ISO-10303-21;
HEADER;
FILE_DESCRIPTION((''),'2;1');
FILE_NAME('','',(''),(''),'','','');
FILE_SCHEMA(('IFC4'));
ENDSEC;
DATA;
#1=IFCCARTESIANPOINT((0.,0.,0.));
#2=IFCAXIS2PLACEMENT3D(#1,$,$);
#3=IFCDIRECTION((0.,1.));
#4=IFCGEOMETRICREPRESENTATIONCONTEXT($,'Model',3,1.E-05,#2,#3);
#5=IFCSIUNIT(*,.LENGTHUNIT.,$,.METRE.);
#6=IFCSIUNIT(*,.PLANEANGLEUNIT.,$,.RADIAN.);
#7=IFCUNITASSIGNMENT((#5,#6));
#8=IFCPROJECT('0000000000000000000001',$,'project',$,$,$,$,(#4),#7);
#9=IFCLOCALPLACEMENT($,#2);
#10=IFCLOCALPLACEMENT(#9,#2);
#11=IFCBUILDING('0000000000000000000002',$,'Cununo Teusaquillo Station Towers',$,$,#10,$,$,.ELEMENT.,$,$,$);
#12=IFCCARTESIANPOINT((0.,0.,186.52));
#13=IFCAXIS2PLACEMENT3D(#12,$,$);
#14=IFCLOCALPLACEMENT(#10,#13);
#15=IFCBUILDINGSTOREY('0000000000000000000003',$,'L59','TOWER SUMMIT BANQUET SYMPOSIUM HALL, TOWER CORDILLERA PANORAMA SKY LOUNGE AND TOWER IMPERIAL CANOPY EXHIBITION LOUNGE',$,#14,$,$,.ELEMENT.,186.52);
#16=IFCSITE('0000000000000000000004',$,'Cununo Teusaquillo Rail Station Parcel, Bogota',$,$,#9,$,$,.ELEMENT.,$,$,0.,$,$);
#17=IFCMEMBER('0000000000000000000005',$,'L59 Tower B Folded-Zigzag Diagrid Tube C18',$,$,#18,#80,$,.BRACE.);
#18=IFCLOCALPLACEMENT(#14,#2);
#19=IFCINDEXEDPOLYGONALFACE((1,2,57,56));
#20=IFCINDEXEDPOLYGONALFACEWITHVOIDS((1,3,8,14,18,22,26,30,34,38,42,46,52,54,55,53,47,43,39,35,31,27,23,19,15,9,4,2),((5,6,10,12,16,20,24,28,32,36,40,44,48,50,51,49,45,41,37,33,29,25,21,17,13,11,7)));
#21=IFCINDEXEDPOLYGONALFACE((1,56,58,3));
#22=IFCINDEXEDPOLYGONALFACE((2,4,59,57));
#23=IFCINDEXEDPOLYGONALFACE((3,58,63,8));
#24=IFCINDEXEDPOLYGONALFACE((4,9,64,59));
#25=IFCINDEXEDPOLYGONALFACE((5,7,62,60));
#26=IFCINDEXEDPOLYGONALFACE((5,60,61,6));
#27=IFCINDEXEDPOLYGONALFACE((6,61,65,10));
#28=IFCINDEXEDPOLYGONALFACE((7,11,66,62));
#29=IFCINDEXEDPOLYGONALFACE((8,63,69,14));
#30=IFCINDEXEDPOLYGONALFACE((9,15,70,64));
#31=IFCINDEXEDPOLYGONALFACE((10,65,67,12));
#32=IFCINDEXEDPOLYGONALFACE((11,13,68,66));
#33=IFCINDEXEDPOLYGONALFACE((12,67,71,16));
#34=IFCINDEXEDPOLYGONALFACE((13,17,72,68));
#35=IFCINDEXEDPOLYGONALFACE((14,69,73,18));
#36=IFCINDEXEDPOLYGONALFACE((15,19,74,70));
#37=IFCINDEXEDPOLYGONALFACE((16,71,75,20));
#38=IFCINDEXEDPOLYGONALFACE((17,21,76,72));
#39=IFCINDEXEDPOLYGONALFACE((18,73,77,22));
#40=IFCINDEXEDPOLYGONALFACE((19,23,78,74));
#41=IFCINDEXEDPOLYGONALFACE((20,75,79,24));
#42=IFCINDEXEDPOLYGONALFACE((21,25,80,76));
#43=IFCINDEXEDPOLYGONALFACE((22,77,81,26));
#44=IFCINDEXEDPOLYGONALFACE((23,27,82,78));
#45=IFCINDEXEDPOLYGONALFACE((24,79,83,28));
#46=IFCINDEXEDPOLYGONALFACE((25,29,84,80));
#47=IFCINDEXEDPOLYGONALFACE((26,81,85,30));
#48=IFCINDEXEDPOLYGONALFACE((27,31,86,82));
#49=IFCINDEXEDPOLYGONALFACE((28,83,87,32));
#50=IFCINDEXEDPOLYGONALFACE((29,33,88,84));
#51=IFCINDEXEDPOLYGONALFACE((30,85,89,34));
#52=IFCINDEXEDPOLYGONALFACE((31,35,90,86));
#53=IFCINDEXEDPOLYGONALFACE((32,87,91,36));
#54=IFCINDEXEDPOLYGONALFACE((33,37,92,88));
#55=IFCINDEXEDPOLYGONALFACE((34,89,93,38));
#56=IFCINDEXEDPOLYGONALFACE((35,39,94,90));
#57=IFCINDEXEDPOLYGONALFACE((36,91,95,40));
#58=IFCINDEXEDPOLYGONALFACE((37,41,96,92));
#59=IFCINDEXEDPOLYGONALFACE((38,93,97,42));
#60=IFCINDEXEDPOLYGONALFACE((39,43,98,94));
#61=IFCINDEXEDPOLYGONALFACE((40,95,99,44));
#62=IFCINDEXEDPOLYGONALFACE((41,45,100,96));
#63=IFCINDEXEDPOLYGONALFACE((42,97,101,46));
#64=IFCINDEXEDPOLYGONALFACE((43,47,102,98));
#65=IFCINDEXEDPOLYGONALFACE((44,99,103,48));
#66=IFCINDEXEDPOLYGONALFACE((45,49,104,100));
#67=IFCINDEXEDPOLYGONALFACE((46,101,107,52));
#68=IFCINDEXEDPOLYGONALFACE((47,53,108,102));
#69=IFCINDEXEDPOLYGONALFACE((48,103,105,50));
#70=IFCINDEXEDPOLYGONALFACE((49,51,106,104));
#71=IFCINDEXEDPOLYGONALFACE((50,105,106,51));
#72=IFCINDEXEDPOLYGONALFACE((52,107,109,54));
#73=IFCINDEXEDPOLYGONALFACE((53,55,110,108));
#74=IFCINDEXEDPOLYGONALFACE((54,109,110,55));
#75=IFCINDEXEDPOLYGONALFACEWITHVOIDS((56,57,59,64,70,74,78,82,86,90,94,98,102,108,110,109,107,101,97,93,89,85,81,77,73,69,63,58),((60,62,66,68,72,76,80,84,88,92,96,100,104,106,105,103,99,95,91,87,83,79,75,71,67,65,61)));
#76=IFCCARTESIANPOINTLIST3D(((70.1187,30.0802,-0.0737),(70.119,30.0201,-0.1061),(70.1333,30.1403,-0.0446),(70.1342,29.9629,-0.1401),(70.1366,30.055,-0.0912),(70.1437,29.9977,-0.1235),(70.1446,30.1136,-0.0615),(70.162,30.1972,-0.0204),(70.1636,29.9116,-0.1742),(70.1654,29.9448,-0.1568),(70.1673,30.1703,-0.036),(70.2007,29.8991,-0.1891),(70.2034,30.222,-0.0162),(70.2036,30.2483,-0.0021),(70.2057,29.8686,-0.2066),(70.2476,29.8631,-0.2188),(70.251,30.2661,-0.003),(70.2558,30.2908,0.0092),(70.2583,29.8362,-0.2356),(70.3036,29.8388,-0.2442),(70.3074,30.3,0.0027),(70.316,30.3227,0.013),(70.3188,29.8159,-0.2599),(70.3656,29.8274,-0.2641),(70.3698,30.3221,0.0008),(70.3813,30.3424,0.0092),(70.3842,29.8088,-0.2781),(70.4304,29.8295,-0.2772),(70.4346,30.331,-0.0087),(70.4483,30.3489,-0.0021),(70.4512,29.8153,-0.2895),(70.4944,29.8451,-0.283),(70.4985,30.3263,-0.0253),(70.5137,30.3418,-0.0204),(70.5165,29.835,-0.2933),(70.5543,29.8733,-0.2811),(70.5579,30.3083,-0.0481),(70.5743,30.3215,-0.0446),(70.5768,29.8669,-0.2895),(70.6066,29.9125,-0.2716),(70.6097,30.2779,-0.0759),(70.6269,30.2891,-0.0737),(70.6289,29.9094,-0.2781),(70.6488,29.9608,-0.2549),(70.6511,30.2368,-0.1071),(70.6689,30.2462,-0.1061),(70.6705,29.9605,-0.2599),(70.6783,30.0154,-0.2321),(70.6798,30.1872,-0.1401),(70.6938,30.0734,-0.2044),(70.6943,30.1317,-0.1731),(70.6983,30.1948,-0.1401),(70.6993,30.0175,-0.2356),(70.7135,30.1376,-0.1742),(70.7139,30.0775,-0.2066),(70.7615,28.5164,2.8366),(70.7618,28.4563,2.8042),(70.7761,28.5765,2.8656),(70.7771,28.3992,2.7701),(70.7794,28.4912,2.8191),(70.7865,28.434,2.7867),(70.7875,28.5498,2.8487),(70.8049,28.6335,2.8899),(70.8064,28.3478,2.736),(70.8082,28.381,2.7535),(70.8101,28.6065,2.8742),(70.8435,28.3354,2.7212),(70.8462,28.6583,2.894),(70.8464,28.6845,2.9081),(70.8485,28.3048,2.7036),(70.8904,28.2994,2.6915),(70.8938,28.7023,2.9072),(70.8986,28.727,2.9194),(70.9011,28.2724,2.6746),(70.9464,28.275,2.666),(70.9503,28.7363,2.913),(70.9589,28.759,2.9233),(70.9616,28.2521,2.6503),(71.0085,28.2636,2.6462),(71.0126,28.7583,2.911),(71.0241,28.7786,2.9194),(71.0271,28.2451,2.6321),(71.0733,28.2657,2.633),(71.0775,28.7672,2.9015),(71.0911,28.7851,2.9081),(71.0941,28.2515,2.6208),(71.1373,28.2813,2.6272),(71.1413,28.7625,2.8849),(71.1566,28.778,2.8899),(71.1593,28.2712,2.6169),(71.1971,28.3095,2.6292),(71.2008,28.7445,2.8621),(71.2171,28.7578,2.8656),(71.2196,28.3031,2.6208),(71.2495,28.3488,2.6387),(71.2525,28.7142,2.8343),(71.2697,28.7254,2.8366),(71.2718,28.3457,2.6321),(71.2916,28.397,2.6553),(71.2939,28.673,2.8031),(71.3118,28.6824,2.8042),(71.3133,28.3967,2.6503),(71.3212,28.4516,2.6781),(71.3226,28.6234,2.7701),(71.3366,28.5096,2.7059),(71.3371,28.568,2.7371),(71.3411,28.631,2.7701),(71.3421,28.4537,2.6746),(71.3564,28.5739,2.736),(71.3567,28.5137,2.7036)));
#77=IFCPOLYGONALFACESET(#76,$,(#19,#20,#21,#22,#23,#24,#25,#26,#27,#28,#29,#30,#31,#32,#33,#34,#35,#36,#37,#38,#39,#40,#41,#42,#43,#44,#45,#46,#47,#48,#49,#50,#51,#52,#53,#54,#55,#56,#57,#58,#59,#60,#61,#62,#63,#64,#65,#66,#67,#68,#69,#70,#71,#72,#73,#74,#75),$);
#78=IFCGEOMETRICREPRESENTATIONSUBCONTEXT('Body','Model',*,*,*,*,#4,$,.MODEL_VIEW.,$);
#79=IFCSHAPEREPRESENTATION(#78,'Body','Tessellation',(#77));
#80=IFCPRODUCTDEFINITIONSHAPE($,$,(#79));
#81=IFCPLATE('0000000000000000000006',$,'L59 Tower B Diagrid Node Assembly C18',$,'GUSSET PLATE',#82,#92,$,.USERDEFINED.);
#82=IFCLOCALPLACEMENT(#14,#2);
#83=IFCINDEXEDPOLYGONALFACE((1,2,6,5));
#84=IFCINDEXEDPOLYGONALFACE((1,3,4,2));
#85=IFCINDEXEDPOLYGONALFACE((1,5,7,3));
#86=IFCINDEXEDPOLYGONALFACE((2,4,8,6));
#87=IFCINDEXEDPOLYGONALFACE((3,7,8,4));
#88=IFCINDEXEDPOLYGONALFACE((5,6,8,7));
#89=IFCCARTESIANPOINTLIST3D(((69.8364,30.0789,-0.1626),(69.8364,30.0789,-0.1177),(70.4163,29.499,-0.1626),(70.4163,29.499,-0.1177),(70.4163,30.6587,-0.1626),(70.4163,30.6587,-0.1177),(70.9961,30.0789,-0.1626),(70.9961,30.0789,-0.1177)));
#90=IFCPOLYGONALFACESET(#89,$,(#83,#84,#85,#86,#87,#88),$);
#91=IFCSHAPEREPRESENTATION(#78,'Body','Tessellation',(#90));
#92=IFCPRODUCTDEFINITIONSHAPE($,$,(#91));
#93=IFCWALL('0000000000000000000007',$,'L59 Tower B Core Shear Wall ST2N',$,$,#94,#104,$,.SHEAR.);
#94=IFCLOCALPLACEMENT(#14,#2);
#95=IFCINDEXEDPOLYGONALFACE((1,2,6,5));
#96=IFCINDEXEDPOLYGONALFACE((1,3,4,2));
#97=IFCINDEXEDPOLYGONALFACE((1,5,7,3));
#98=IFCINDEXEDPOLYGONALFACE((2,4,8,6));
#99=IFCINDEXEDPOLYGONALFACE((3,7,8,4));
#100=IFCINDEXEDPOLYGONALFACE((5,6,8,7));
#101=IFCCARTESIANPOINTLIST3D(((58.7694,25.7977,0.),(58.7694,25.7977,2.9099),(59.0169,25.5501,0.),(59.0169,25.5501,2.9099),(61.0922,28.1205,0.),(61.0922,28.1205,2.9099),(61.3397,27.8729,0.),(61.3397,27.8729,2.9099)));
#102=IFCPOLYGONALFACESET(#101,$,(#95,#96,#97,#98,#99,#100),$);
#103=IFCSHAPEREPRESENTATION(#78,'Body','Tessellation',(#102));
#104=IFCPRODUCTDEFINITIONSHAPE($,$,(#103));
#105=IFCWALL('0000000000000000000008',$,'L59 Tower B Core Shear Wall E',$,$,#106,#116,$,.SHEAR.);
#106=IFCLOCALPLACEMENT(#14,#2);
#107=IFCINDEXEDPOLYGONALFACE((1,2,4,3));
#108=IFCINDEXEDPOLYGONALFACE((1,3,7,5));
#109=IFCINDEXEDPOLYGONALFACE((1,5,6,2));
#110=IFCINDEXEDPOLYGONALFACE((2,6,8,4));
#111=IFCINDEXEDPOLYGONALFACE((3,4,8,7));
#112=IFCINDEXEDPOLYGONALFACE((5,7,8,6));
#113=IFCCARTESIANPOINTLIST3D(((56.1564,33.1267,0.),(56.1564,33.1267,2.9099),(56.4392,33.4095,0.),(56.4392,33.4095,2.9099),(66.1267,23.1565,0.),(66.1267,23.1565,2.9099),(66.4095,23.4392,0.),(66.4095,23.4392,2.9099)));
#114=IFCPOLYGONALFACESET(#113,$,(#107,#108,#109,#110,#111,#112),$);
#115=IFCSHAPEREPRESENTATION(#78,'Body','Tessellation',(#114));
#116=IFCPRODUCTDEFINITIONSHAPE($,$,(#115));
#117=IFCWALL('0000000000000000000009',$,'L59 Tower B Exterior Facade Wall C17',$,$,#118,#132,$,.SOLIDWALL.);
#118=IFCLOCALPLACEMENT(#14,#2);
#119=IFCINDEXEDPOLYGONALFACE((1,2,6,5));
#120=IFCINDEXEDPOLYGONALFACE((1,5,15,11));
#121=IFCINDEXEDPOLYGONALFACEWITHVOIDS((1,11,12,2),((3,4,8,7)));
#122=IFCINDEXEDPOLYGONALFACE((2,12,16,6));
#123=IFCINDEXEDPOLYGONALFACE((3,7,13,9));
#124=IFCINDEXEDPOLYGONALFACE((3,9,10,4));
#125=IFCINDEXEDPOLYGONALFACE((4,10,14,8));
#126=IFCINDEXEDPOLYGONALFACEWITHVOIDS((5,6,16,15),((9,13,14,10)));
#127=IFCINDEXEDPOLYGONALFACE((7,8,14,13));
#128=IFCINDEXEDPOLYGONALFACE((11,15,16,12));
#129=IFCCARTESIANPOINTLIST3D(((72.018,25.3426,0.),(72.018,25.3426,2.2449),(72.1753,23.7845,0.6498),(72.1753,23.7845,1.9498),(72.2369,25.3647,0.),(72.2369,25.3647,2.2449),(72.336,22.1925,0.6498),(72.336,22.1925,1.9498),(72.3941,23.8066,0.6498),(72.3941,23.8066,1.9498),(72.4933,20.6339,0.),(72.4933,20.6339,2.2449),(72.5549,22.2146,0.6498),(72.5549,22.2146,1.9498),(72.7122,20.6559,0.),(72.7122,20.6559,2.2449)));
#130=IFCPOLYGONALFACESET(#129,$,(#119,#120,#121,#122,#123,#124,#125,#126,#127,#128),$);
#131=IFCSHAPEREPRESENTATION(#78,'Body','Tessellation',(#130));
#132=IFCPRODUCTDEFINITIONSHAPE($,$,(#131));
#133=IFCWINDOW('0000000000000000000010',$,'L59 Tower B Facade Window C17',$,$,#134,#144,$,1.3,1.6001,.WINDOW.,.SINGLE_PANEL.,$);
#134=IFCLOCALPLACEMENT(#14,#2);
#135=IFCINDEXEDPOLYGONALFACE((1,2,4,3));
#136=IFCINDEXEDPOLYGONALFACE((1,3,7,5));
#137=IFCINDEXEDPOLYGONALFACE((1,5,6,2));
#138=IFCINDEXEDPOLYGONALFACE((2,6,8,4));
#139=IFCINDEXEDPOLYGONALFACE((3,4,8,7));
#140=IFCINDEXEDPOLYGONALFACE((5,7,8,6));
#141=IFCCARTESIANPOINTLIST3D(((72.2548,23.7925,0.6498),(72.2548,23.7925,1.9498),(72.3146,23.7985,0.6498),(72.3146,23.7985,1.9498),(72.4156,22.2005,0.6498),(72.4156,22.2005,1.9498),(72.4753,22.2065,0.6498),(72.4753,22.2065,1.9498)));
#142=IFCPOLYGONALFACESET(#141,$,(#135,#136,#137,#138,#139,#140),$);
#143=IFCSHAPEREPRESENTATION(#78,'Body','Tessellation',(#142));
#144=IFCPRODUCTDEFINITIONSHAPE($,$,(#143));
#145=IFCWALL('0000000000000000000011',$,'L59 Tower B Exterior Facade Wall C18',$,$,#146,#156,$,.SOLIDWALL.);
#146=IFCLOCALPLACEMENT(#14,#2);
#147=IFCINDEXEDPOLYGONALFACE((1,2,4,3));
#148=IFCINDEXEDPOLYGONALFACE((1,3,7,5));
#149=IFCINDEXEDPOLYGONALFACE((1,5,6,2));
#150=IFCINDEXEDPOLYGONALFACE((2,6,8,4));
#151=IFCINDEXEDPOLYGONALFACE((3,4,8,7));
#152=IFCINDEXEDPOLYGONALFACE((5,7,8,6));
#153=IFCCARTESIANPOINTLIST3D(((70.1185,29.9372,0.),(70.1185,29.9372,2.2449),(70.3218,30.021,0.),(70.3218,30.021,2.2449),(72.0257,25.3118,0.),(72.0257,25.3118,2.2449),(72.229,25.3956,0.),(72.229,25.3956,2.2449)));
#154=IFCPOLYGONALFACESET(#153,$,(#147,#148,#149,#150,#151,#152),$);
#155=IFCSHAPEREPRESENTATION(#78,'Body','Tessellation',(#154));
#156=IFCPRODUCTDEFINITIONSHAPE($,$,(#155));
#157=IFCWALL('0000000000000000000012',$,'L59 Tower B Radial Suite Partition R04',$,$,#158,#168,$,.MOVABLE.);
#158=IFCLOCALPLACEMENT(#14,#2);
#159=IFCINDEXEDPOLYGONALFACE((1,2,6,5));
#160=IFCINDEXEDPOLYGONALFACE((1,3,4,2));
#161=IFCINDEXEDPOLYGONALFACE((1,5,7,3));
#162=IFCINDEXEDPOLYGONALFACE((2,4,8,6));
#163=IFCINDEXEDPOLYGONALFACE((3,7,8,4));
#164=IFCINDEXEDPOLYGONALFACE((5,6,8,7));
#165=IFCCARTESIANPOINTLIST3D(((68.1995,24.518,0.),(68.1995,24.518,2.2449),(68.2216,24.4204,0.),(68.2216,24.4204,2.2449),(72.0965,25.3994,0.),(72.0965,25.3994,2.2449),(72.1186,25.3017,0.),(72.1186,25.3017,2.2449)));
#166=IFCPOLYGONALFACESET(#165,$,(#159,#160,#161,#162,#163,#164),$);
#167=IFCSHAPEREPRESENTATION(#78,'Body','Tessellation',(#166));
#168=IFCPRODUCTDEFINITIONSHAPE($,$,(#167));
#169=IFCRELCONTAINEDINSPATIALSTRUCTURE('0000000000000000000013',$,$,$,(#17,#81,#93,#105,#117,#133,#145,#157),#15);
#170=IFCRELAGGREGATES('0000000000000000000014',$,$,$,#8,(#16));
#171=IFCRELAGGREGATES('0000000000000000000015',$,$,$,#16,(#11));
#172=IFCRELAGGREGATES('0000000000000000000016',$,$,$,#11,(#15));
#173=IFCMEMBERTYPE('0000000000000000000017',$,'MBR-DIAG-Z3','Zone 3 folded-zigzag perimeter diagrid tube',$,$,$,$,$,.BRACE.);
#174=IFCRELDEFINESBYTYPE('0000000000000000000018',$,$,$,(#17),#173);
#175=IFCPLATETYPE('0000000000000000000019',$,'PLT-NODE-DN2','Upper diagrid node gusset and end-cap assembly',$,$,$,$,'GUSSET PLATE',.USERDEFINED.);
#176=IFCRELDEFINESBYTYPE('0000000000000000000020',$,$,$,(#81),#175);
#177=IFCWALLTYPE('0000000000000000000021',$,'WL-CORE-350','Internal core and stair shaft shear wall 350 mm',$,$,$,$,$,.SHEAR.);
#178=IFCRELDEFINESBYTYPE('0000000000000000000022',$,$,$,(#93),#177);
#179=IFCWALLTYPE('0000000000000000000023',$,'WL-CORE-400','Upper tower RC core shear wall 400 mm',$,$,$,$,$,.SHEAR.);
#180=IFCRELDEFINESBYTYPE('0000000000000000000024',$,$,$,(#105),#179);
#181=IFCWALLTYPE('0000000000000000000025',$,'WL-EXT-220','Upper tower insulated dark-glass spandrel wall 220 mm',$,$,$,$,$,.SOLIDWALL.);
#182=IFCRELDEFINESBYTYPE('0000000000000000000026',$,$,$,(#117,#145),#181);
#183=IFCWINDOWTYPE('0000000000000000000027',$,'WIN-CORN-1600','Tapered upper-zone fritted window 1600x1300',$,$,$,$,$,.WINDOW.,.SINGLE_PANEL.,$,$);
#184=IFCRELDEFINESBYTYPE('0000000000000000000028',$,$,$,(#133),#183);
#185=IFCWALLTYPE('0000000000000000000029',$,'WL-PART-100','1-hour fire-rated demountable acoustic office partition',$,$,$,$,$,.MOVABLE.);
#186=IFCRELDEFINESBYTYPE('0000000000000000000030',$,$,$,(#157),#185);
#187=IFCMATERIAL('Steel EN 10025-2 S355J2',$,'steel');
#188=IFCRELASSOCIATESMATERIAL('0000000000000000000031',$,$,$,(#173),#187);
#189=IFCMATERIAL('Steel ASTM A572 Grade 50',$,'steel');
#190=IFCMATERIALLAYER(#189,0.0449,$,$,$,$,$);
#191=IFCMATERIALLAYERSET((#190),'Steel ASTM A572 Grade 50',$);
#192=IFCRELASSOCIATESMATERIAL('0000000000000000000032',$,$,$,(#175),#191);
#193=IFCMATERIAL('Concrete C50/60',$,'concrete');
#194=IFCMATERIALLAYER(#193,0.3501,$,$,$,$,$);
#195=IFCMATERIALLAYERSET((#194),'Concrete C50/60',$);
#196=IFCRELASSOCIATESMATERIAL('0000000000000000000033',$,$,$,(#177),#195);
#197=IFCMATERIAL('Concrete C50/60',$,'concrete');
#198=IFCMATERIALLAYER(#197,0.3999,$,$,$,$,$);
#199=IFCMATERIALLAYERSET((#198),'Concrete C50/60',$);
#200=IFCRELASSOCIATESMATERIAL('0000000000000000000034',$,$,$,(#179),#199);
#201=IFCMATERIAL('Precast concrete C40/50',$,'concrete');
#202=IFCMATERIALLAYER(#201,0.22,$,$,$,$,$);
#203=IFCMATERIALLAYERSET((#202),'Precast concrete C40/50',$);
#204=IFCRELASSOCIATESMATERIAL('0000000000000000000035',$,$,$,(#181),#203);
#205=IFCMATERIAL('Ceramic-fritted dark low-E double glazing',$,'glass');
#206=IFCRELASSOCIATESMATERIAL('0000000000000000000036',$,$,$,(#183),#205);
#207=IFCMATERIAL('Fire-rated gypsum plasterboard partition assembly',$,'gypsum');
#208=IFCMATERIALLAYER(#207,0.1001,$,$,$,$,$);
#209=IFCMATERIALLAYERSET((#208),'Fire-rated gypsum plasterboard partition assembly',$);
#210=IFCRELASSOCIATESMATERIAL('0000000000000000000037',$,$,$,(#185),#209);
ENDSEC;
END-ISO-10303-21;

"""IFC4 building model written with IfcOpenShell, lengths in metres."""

from ifc_helpers import new_model, si_unit, direction, frame, frame_2d, origin, origin_2d, place, context, subcontext, project, spatial, rectangle, hollow_circle, extrude, source, transform, mapped, material, layer, layer_set, material_profile, profile_set, type_object, element, fill, save


model = new_model("IFC4")

# Units and contexts
model_context = context("Model", 3, precision=1e-05, world=origin(), true_north=direction((0.0, 1.0)))
body_context = subcontext(model_context, "Body", "Model", "MODEL_VIEW")
ifc_project = project(units=[si_unit("LENGTHUNIT", "METRE"), si_unit("PLANEANGLEUNIT", "RADIAN")], contexts=[model_context])

# Site, building, storey
site_placement = place(None, origin())
site = spatial("IfcSite", under=ifc_project, at=site_placement, Name="Cununo Teusaquillo Rail Station Parcel, Bogota", CompositionType="ELEMENT", RefElevation=0.0)
building_placement = place(site_placement, origin())
building = spatial("IfcBuilding", under=site, at=building_placement, Name="Cununo Teusaquillo Station Towers", CompositionType="ELEMENT")
storey_placement = place(building_placement, frame((0.0, 0.0, 186.52)))
storey = spatial("IfcBuildingStorey", under=building, at=storey_placement, Name="L59", Description="TOWER SUMMIT BANQUET SYMPOSIUM HALL, TOWER CORDILLERA PANORAMA SKY LOUNGE AND TOWER IMPERIAL CANOPY EXHIBITION LOUNGE", CompositionType="ELEMENT", Elevation=186.52)

# Member
ifc_material_1 = material(Name="Steel EN 10025-2 S355J2", Category="steel")
ifc_material_profile_1 = material_profile(ifc_material_1, hollow_circle(Radius=0.3049, WallThickness=0.02, at=origin_2d()), Name="CHS 610x20")
ifc_profile_set_1 = profile_set([ifc_material_profile_1], Name="Steel EN 10025-2 S355J2")
member_type = type_object("IfcMemberType", Name="MBR-DIAG-Z3", Description="Zone 3 folded-zigzag perimeter diagrid tube", PredefinedType="BRACE", material=ifc_profile_set_1)
member_placement = place(storey_placement, frame((70.4163, 30.0789, -0.1401), z_axis=(0.190996, -0.464615, 0.86467), x_axis=(0.924899, 0.380212, 0.0)))
element("IfcMember", 1, at=member_placement, inside=storey, type_object=member_type, Name="L59 Tower B Folded-Zigzag Diagrid Tube C18", PredefinedType="BRACE", context=body_context, shape_type="SweptSolid", body=[
    extrude(hollow_circle(Radius=0.3049, WallThickness=0.02, at=origin_2d()), origin(), (0.0, 0.0, 1.0), 3.3657),
])

# Plate
ifc_material_2 = material(Name="Steel ASTM A572 Grade 50", Category="steel")
ifc_layer_1 = layer(ifc_material_2, 0.0449)
ifc_layer_set_1 = layer_set([ifc_layer_1], Name="Steel ASTM A572 Grade 50")
plate_type = type_object("IfcPlateType", Name="PLT-NODE-DN2", Description="Upper diagrid node gusset and end-cap assembly", ElementType="GUSSET PLATE", PredefinedType="USERDEFINED", material=ifc_layer_set_1)
shared_shape_1 = source(origin(), body_context, "Body", "SweptSolid", [
    extrude(rectangle(XDim=0.8201, YDim=0.8201, at=origin_2d()), origin(), (0.0, 0.0, 1.0), 0.0449),
])
plate_placement = place(storey_placement, frame((70.4163, 30.0789, -0.1626), z_axis=(0.0, 0.0, 1.0), x_axis=(0.707107, 0.707107, 0.0)))
element("IfcPlate", 2, at=plate_placement, inside=storey, type_object=plate_type, Name="L59 Tower B Diagrid Node Assembly C18", ObjectType="GUSSET PLATE", PredefinedType="USERDEFINED", context=body_context, shape_type="MappedRepresentation", body=[
    mapped(shared_shape_1, transform((0.0, 0.0, 0.0), x_axis=(1.0, 0.0, 0.0), y_axis=(0.0, 1.0, 0.0), z_axis=(0.0, 0.0, 1.0), scale=1.0)),
])

# Walls
ifc_material_3 = material(Name="Concrete C50/60", Category="concrete")
ifc_layer_2 = layer(ifc_material_3, 0.3501)
ifc_layer_set_2 = layer_set([ifc_layer_2], Name="Concrete C50/60")
wall_type_1 = type_object("IfcWallType", Name="WL-CORE-350", Description="Internal core and stair shaft shear wall 350 mm", PredefinedType="SHEAR", material=ifc_layer_set_2)
wall_1_placement = place(storey_placement, frame((58.8931, 25.6738, 0.0), z_axis=(0.0, 0.0, 1.0), x_axis=(0.707107, 0.707107, 0.0)))
element("IfcWall", 3, at=wall_1_placement, inside=storey, type_object=wall_type_1, Name="L59 Tower B Core Shear Wall ST2N", PredefinedType="SHEAR", context=body_context, shape_type="SweptSolid", body=[
    extrude(rectangle(XDim=3.2849, YDim=0.3501, at=frame_2d((1.6426, 0.0))), origin(), (0.0, 0.0, 1.0), 2.9099),
])
ifc_material_4 = material(Name="Concrete C50/60", Category="concrete")
ifc_layer_3 = layer(ifc_material_4, 0.3999)
ifc_layer_set_3 = layer_set([ifc_layer_3], Name="Concrete C50/60")
wall_type_2 = type_object("IfcWallType", Name="WL-CORE-400", Description="Upper tower RC core shear wall 400 mm", PredefinedType="SHEAR", material=ifc_layer_set_3)
wall_2_placement = place(storey_placement, frame((66.2681, 23.2979, 0.0), z_axis=(0.0, 0.0, 1.0), x_axis=(-0.707107, 0.707107, 0.0)))
element("IfcWall", 4, at=wall_2_placement, inside=storey, type_object=wall_type_2, Name="L59 Tower B Core Shear Wall E", PredefinedType="SHEAR", context=body_context, shape_type="SweptSolid", body=[
    extrude(rectangle(XDim=14.1001, YDim=0.3999, at=frame_2d((7.05, 0.0))), origin(), (0.0, 0.0, 1.0), 2.9099),
])

# Wall, opening, window
ifc_material_5 = material(Name="Precast concrete C40/50", Category="concrete")
ifc_layer_4 = layer(ifc_material_5, 0.22)
ifc_layer_set_4 = layer_set([ifc_layer_4], Name="Precast concrete C40/50")
wall_type_3 = type_object("IfcWallType", Name="WL-EXT-220", Description="Upper tower insulated dark-glass spandrel wall 220 mm", PredefinedType="SOLIDWALL", material=ifc_layer_set_4)
wall_3_placement = place(storey_placement, frame((72.1274, 25.3535, 0.0), z_axis=(0.0, 0.0, 1.0), x_axis=(0.100438, -0.994943, 0.0)))
wall_3 = element("IfcWall", 5, at=wall_3_placement, inside=storey, type_object=wall_type_3, Name="L59 Tower B Exterior Facade Wall C17", PredefinedType="SOLIDWALL", context=body_context, shape_type="SweptSolid", body=[
    extrude(rectangle(XDim=4.7327, YDim=0.22, at=frame_2d((2.3662, 0.0))), origin(), (0.0, 0.0, 1.0), 2.2449),
])
shared_shape_2 = source(origin(), body_context, "Body", "SweptSolid", [
    extrude(rectangle(XDim=1.6001, YDim=1.3, at=frame_2d((0.8, 0.6499))), frame((0.0, 0.1199, 0.0), z_axis=(0.0, -1.0, 0.0), x_axis=(1.0, 0.0, 0.0)), (0.0, 0.0, 1.0), 0.24),
])
opening_1_placement = place(wall_3_placement, frame((1.5659, 0.0, 0.6499)))
opening_1 = element("IfcOpeningElement", 6, at=opening_1_placement, cuts=wall_3, PredefinedType="OPENING", context=body_context, shape_type="MappedRepresentation", body=[
    mapped(shared_shape_2, transform((0.0, 0.0, 0.0), x_axis=(1.0, 0.0, 0.0), y_axis=(0.0, 1.0, 0.0), z_axis=(0.0, 0.0, 1.0), scale=1.0)),
])
ifc_material_6 = material(Name="Ceramic-fritted dark low-E double glazing", Category="glass")
window_type = type_object("IfcWindowType", Name="WIN-CORN-1600", Description="Tapered upper-zone fritted window 1600x1300", PartitioningType="SINGLE_PANEL", PredefinedType="WINDOW", material=ifc_material_6)
shared_shape_3 = source(origin(), body_context, "Body", "SweptSolid", [
    extrude(rectangle(XDim=1.6001, YDim=1.3, at=frame_2d((0.8, 0.6499))), frame((0.0, 0.03, 0.0), z_axis=(0.0, -1.0, 0.0), x_axis=(1.0, 0.0, 0.0)), (0.0, 0.0, 1.0), 0.0601),
])
window_placement = place(opening_1_placement, origin())
window = element("IfcWindow", 7, at=window_placement, inside=storey, type_object=window_type, Name="L59 Tower B Facade Window C17", OverallHeight=1.3, OverallWidth=1.6001, PartitioningType="SINGLE_PANEL", PredefinedType="WINDOW", context=body_context, shape_type="MappedRepresentation", body=[
    mapped(shared_shape_3, transform((0.0, 0.0, 0.0), x_axis=(1.0, 0.0, 0.0), y_axis=(0.0, 1.0, 0.0), z_axis=(0.0, 0.0, 1.0), scale=1.0)),
])
fill(opening_1, window)

# Walls
wall_4_placement = place(storey_placement, frame((70.2202, 29.979, 0.0), z_axis=(0.0, 0.0, 1.0), x_axis=(0.381196, -0.924494, 0.0)))
element("IfcWall", 8, at=wall_4_placement, inside=storey, type_object=wall_type_3, Name="L59 Tower B Exterior Facade Wall C18", PredefinedType="SOLIDWALL", context=body_context, shape_type="SweptSolid", body=[
    extrude(rectangle(XDim=5.0032, YDim=0.22, at=frame_2d((2.5015, 0.0))), origin(), (0.0, 0.0, 1.0), 2.2449),
])
ifc_material_7 = material(Name="Fire-rated gypsum plasterboard partition assembly", Category="gypsum")
ifc_layer_5 = layer(ifc_material_7, 0.1001)
ifc_layer_set_5 = layer_set([ifc_layer_5], Name="Fire-rated gypsum plasterboard partition assembly")
wall_type_4 = type_object("IfcWallType", Name="WL-PART-100", Description="1-hour fire-rated demountable acoustic office partition", PredefinedType="MOVABLE", material=ifc_layer_set_5)
wall_5_placement = place(storey_placement, frame((68.2107, 24.4692, 0.0), z_axis=(0.0, 0.0, 1.0), x_axis=(0.975366, 0.220591, 0.0)))
element("IfcWall", 9, at=wall_5_placement, inside=storey, type_object=wall_type_4, Name="L59 Tower B Radial Suite Partition R04", PredefinedType="MOVABLE", context=body_context, shape_type="SweptSolid", body=[
    extrude(rectangle(XDim=3.9954, YDim=0.1001, at=frame_2d((1.9976, 0.0))), origin(), (0.0, 0.0, 1.0), 2.2449),
])

save(model, "model.ifc")
